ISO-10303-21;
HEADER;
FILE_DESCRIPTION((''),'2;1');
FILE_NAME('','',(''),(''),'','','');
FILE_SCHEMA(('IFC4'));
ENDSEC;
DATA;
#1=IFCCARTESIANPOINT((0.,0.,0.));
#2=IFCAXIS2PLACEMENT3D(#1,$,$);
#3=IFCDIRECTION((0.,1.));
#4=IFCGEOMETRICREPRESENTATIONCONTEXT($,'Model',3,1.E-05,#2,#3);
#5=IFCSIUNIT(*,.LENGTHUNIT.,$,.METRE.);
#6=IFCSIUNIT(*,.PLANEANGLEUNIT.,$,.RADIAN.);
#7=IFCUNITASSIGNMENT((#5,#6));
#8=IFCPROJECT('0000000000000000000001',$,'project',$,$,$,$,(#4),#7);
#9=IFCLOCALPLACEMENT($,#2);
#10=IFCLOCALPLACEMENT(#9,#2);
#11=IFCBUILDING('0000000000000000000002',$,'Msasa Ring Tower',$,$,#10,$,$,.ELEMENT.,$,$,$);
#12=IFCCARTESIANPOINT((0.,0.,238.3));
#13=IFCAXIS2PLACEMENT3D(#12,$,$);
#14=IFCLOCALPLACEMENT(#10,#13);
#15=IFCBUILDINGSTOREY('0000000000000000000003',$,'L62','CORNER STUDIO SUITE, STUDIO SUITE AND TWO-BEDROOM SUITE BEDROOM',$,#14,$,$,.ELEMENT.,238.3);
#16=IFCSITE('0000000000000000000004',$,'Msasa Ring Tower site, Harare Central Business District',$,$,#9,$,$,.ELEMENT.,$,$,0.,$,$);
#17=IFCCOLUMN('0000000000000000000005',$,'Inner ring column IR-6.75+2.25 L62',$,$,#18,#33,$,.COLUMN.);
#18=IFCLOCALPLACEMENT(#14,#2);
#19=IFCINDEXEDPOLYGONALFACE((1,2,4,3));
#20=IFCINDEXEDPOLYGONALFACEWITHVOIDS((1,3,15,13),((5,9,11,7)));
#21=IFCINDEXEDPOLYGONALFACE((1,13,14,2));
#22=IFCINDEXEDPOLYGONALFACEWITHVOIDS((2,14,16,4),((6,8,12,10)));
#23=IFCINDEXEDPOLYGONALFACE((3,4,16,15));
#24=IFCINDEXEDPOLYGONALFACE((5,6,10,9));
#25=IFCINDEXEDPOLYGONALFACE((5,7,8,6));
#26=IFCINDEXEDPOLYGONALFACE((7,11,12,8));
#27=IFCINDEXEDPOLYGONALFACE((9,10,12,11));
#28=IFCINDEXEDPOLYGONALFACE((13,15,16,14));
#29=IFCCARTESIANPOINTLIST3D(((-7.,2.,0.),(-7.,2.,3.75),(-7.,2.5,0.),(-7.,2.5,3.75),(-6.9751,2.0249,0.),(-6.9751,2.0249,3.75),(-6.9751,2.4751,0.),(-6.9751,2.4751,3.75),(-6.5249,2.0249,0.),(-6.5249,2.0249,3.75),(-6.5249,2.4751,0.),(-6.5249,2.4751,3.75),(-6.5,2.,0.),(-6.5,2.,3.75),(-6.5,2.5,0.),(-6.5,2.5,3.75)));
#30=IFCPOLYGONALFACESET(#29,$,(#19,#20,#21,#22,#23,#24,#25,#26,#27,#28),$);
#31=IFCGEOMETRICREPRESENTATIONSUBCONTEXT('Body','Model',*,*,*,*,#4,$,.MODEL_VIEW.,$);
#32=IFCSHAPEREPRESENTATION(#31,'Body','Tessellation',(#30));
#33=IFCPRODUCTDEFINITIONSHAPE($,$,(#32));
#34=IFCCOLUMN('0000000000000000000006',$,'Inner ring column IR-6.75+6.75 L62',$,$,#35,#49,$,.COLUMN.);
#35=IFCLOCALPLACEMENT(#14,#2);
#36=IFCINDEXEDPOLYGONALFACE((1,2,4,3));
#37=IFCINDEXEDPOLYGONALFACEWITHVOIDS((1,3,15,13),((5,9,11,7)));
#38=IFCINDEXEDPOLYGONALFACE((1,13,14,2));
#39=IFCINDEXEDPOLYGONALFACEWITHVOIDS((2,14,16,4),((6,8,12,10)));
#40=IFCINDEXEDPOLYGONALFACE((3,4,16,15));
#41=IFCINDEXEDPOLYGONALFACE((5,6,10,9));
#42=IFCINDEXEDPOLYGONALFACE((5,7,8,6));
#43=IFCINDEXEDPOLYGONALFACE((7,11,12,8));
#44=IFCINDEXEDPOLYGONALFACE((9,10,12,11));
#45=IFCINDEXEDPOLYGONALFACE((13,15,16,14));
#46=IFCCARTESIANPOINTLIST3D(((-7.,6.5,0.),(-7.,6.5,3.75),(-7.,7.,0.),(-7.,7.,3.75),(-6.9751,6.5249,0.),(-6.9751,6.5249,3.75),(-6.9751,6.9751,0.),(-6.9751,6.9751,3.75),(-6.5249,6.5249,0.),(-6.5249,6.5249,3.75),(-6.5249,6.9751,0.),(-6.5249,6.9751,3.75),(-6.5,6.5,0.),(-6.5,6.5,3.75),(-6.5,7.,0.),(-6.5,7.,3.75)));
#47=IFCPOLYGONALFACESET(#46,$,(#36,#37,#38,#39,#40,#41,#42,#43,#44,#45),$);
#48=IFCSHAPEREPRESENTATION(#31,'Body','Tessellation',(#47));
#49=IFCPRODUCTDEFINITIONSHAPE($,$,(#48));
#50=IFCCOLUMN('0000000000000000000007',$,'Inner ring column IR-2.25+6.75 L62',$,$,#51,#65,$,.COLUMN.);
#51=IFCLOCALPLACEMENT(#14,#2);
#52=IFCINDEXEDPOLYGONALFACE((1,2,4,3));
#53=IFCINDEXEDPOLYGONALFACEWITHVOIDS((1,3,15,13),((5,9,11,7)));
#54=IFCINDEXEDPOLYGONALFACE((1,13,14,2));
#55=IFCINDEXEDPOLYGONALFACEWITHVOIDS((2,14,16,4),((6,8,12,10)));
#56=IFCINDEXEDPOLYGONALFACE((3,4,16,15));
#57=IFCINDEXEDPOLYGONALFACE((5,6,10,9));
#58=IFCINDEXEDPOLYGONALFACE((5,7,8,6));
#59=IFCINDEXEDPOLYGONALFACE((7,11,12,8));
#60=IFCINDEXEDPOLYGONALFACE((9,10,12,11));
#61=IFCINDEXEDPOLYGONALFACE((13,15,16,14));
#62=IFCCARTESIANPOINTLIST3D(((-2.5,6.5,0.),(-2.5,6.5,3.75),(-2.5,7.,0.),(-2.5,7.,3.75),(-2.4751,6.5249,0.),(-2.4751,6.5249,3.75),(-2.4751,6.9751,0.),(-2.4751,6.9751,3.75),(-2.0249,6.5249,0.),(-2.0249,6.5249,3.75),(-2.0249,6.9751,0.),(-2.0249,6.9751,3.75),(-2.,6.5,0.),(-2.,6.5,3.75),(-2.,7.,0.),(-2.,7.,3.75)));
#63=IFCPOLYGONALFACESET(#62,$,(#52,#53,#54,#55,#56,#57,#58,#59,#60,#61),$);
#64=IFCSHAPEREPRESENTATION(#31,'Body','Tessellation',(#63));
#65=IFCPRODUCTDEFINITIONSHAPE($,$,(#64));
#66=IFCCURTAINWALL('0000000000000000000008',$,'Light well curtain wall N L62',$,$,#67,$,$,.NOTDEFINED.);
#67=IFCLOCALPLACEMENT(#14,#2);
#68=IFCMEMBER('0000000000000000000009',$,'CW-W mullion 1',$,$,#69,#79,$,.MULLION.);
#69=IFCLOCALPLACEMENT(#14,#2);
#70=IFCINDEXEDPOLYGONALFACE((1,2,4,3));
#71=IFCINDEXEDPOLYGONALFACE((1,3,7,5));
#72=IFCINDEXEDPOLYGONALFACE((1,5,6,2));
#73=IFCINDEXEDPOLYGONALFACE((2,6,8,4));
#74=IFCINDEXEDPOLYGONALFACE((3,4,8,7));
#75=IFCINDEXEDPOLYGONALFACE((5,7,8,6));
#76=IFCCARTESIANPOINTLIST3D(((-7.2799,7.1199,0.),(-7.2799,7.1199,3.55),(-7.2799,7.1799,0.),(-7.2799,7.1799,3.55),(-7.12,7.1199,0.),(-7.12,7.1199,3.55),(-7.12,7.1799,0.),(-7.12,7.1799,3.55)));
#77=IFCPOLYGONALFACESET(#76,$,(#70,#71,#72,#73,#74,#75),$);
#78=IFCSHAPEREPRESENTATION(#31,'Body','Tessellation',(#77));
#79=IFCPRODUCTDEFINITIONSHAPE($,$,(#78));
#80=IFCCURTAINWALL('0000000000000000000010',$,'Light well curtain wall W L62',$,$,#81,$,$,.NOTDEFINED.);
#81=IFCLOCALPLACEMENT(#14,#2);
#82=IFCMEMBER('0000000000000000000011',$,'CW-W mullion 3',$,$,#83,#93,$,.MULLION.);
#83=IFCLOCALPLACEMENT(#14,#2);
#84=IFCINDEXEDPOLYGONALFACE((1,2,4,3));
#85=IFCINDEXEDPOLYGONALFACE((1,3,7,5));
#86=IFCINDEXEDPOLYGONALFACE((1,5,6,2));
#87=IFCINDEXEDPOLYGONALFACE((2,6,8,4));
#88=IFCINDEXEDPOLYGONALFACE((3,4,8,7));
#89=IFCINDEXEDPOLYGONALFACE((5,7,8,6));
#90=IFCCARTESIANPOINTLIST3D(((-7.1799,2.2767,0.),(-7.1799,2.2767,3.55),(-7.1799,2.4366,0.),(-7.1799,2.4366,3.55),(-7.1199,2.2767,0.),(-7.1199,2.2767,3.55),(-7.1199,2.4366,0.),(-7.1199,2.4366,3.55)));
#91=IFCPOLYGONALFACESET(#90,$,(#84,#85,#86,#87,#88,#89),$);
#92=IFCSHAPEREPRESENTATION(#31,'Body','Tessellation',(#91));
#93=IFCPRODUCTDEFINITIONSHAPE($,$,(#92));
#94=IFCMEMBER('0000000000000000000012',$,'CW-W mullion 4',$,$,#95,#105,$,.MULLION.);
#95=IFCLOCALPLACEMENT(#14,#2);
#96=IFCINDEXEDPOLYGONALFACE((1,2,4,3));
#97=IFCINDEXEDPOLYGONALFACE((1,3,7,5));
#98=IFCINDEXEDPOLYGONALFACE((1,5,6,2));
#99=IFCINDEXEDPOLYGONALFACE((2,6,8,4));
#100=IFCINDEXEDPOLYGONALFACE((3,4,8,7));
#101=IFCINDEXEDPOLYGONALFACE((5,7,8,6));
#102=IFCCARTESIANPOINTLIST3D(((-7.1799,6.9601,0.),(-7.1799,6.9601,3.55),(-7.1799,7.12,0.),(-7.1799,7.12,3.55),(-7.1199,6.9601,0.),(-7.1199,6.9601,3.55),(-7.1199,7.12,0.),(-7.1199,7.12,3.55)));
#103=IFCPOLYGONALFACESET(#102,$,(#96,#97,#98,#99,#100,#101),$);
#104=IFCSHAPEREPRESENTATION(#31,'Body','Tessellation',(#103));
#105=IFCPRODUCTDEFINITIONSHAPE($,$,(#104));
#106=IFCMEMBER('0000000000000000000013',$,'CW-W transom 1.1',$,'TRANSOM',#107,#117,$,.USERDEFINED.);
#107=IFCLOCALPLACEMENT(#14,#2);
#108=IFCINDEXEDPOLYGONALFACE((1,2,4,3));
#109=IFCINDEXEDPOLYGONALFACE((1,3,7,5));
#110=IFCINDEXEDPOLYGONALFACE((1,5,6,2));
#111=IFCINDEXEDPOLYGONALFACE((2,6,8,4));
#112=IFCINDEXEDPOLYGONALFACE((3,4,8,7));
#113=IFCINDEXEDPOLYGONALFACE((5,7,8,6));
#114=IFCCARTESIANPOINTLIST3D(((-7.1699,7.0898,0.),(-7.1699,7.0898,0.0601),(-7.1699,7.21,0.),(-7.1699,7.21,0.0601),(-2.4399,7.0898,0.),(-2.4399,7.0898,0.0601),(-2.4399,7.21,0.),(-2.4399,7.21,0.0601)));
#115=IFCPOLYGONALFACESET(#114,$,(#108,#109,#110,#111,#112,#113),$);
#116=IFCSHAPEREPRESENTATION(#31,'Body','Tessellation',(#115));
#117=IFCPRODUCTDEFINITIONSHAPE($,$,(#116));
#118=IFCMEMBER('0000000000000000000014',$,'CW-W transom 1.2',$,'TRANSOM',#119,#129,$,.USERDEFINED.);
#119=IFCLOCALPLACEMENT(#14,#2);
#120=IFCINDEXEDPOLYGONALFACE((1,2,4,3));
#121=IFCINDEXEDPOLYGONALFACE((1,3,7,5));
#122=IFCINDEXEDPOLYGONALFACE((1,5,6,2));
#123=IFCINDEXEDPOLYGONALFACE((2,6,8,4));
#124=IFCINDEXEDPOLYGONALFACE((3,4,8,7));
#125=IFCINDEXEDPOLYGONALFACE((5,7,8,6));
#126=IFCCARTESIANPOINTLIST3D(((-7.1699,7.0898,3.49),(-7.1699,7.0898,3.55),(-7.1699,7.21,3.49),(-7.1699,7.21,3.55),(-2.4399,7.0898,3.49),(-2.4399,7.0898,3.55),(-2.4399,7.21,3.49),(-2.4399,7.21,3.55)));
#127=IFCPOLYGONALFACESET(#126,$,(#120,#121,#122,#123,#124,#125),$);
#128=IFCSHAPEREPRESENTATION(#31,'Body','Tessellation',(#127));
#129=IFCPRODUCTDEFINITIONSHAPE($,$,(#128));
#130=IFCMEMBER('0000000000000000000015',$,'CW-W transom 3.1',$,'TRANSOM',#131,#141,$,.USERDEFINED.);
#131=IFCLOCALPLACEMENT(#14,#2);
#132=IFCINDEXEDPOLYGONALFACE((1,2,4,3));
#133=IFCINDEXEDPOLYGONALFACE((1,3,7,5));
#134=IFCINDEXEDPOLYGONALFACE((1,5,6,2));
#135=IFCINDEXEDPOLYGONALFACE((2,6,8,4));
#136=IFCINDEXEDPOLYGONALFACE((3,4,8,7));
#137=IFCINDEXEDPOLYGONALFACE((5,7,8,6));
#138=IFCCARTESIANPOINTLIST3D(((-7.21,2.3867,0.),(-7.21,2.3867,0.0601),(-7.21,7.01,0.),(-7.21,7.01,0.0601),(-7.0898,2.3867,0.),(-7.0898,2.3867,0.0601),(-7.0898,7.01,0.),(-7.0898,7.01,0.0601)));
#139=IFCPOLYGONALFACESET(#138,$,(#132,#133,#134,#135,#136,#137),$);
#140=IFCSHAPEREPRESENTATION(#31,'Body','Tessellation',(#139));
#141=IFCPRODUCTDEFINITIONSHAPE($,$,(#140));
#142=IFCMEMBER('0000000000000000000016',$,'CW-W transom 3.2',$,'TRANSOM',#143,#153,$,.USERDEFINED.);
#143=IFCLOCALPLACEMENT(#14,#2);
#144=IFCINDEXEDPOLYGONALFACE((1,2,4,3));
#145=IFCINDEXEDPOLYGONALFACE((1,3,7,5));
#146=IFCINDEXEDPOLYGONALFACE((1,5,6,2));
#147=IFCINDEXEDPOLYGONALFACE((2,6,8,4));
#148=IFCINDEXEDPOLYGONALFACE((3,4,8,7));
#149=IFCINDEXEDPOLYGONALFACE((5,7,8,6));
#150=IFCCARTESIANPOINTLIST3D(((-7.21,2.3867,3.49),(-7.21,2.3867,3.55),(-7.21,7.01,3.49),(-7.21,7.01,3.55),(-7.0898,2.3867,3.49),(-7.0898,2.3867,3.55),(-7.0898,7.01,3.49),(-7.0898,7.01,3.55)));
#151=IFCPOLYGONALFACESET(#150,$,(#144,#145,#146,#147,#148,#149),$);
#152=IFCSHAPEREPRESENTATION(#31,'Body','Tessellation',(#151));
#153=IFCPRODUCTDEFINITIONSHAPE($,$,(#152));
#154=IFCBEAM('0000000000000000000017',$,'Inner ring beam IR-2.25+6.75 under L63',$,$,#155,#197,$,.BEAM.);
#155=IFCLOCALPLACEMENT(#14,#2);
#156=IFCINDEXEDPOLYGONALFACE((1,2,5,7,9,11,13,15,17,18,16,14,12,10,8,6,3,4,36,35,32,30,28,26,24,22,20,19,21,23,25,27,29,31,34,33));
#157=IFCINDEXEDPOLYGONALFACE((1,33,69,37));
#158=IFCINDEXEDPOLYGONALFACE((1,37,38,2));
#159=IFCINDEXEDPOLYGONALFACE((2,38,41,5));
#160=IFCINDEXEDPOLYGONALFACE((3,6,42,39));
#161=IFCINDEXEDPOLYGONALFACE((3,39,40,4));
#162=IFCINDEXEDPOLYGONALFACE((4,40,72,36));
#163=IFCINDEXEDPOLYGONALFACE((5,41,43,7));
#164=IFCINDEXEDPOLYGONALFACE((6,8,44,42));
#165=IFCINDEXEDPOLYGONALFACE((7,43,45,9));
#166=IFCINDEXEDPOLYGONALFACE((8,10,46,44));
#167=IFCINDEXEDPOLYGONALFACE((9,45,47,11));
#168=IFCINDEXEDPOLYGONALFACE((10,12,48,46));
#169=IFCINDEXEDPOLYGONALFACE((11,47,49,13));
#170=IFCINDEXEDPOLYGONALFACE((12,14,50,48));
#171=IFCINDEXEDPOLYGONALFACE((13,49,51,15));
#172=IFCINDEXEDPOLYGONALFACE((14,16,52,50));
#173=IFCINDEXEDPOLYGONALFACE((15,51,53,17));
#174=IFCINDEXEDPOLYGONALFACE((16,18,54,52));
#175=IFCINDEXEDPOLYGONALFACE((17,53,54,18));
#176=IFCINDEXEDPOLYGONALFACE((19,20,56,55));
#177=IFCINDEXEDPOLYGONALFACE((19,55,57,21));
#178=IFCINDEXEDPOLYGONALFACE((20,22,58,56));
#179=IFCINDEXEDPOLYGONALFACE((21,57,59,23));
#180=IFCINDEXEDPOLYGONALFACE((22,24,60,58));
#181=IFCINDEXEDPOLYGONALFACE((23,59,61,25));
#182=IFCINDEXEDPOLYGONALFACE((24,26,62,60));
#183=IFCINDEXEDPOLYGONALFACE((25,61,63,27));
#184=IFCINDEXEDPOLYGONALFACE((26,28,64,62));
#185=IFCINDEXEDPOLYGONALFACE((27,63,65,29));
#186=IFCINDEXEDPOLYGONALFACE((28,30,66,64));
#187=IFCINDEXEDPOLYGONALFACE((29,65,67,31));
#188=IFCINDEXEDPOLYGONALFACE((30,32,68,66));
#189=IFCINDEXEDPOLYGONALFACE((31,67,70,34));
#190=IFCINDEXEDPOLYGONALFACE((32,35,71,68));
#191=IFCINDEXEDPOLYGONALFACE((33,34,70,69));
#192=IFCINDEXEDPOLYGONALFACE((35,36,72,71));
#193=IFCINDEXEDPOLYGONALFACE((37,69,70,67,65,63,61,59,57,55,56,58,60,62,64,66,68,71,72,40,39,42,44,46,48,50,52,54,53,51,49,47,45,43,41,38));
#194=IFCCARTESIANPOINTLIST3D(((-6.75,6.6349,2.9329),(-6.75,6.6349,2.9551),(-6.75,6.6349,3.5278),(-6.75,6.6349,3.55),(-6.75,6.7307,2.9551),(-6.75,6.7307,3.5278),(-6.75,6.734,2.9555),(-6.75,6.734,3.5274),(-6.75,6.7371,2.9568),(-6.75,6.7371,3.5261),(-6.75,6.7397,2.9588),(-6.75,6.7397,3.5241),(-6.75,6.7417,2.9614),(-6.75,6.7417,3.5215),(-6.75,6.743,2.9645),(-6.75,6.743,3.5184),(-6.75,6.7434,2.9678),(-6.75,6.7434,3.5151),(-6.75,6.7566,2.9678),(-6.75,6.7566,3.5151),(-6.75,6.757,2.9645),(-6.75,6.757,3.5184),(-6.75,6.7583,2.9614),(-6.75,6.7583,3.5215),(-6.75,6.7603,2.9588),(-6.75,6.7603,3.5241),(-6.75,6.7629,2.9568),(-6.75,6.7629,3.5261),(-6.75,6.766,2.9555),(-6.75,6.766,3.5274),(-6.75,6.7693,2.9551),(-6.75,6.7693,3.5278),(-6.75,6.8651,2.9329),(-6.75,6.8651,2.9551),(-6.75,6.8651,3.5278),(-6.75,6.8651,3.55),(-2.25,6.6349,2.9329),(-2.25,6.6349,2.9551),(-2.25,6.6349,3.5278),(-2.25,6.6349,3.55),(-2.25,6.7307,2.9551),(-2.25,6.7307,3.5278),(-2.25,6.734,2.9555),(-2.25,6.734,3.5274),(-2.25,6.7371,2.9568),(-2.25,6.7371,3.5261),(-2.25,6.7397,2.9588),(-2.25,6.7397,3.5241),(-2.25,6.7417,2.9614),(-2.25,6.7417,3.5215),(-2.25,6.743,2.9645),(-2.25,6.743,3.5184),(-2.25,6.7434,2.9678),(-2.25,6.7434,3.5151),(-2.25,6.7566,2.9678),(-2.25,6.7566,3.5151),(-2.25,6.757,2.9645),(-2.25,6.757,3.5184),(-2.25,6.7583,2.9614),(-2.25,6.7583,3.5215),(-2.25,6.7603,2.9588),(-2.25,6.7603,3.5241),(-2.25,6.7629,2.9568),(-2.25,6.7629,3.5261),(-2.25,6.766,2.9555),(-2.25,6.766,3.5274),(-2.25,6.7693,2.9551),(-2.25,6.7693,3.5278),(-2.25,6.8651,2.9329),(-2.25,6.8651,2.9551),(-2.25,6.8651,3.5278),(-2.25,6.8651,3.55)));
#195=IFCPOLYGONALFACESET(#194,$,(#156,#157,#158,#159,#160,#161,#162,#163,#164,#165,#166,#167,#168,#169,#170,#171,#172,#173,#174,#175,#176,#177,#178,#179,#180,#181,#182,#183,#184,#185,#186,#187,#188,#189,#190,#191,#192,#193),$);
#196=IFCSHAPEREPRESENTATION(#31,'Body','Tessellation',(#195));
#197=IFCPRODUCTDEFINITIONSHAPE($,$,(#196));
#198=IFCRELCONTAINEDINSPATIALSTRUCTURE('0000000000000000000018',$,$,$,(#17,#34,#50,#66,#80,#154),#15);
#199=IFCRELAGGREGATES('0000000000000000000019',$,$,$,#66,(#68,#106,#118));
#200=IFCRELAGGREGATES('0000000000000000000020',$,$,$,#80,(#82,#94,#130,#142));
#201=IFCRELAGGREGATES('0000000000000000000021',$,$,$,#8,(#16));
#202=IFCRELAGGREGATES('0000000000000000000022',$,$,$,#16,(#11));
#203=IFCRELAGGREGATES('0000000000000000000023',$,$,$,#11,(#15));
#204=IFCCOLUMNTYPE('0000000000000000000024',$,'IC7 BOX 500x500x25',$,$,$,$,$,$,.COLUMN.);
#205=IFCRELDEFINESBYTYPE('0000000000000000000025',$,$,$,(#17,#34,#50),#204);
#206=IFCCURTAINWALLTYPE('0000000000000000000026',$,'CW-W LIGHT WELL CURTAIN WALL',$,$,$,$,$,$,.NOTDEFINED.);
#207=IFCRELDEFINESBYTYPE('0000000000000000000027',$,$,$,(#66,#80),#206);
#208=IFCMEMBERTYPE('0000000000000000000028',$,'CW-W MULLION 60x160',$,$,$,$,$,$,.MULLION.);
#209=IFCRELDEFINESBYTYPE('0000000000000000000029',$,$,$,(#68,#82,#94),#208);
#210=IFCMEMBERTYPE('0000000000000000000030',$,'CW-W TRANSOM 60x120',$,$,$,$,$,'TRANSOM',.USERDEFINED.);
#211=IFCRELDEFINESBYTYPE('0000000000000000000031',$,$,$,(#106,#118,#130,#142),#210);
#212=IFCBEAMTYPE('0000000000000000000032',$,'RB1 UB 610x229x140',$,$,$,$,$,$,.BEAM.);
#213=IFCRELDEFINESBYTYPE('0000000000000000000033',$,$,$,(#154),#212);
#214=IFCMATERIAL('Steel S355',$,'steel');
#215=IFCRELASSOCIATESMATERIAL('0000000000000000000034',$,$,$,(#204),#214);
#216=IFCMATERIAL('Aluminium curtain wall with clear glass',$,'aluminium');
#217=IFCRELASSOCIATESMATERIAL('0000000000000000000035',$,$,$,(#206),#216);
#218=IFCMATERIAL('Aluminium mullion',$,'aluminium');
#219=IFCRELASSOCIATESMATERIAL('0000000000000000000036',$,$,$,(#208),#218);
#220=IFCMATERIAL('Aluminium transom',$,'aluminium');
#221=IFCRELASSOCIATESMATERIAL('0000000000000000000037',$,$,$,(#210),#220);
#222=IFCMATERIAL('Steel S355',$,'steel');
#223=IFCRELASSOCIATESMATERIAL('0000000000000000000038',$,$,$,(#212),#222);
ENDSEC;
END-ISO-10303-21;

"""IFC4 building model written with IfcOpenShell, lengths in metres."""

from ifc_helpers import new_model, si_unit, direction, frame, origin, origin_2d, place, context, subcontext, project, spatial, rectangle, hollow_rectangle, i_section, extrude, material, material_profile, profile_set, type_object, element, aggregate, save


model = new_model("IFC4")

# Units and contexts
model_context = context("Model", 3, precision=1e-05, world=origin(), true_north=direction((0.0, 1.0)))
body_context = subcontext(model_context, "Body", "Model", "MODEL_VIEW")
ifc_project = project(units=[si_unit("LENGTHUNIT", "METRE"), si_unit("PLANEANGLEUNIT", "RADIAN")], contexts=[model_context])

# Site, building, storey
site_placement = place(None, origin())
site = spatial("IfcSite", under=ifc_project, at=site_placement, Name="Msasa Ring Tower site, Harare Central Business District", CompositionType="ELEMENT", RefElevation=0.0)
building_placement = place(site_placement, origin())
building = spatial("IfcBuilding", under=site, at=building_placement, Name="Msasa Ring Tower", CompositionType="ELEMENT")
storey_placement = place(building_placement, frame((0.0, 0.0, 238.3)))
storey = spatial("IfcBuildingStorey", under=building, at=storey_placement, Name="L62", Description="CORNER STUDIO SUITE, STUDIO SUITE AND TWO-BEDROOM SUITE BEDROOM", CompositionType="ELEMENT", Elevation=238.3)

# Columns
ifc_material_1 = material(Name="Steel S355", Category="steel")
ifc_material_profile_1 = material_profile(ifc_material_1, hollow_rectangle(XDim=0.5, YDim=0.5, WallThickness=0.0249, at=origin_2d()), Name="BOX 500x500x25")
ifc_profile_set_1 = profile_set([ifc_material_profile_1], Name="Steel S355")
column_type = type_object("IfcColumnType", Name="IC7 BOX 500x500x25", PredefinedType="COLUMN", material=ifc_profile_set_1)
for number, where, z_axis, x_axis, name in (
    (1, (-6.75, 2.25, 0.0), (0.0, 0.0, 1.0), (1.0, 0.0, 0.0), "Inner ring column IR-6.75+2.25 L62"),
    (2, (-6.75, 6.75, 0.0), (0.0, 0.0, 1.0), (1.0, 0.0, 0.0), "Inner ring column IR-6.75+6.75 L62"),
    (3, (-2.25, 6.75, 0.0), (0.0, 0.0, 1.0), (1.0, 0.0, 0.0), "Inner ring column IR-2.25+6.75 L62"),
):
    element("IfcColumn", number, at=place(storey_placement, frame(where, z_axis=z_axis, x_axis=x_axis)), inside=storey, type_object=column_type, Name=name, PredefinedType="COLUMN", context=body_context, shape_type="SweptSolid", body=[
        extrude(hollow_rectangle(XDim=0.5, YDim=0.5, WallThickness=0.0249, at=origin_2d()), origin(), (0.0, 0.0, 1.0), 3.75),
    ])

# Curtain wall, member
ifc_material_2 = material(Name="Aluminium curtain wall with clear glass", Category="aluminium")
curtain_wall_type = type_object("IfcCurtainWallType", Name="CW-W LIGHT WELL CURTAIN WALL", PredefinedType="NOTDEFINED", material=ifc_material_2)
curtain_wall_1_placement = place(storey_placement, origin())
curtain_wall_1 = element("IfcCurtainWall", 4, at=curtain_wall_1_placement, inside=storey, type_object=curtain_wall_type, Name="Light well curtain wall N L62", PredefinedType="NOTDEFINED")
ifc_material_3 = material(Name="Aluminium mullion", Category="aluminium")
ifc_material_profile_2 = material_profile(ifc_material_3, rectangle(XDim=0.0601, YDim=0.1599, at=origin_2d()), Name="AL 60x160")
ifc_profile_set_2 = profile_set([ifc_material_profile_2], Name="Aluminium mullion")
member_type_1 = type_object("IfcMemberType", Name="CW-W MULLION 60x160", PredefinedType="MULLION", material=ifc_profile_set_2)
member_1_placement = place(storey_placement, frame((-7.2, 7.1499, 0.0), z_axis=(0.0, 0.0, 1.0), x_axis=(0.0, 1.0, 0.0)))
member_1 = element("IfcMember", 5, at=member_1_placement, type_object=member_type_1, Name="CW-W mullion 1", PredefinedType="MULLION", context=body_context, shape_type="SweptSolid", body=[
    extrude(rectangle(XDim=0.0601, YDim=0.1599, at=origin_2d()), origin(), (0.0, 0.0, 1.0), 3.55),
])

# Curtain wall, members
curtain_wall_2_placement = place(storey_placement, origin())
curtain_wall_2 = element("IfcCurtainWall", 6, at=curtain_wall_2_placement, inside=storey, type_object=curtain_wall_type, Name="Light well curtain wall W L62", PredefinedType="NOTDEFINED")
member_2_placement = place(storey_placement, frame((-7.1499, 2.3567, 0.0), z_axis=(0.0, 0.0, 1.0), x_axis=(-1.0, 0.0, 0.0)))
member_2 = element("IfcMember", 7, at=member_2_placement, type_object=member_type_1, Name="CW-W mullion 3", PredefinedType="MULLION", context=body_context, shape_type="SweptSolid", body=[
    extrude(rectangle(XDim=0.0601, YDim=0.1599, at=origin_2d()), origin(), (0.0, 0.0, 1.0), 3.55),
])
member_3_placement = place(storey_placement, frame((-7.1499, 7.04, 0.0), z_axis=(0.0, 0.0, 1.0), x_axis=(-1.0, 0.0, 0.0)))
member_3 = element("IfcMember", 8, at=member_3_placement, type_object=member_type_1, Name="CW-W mullion 4", PredefinedType="MULLION", context=body_context, shape_type="SweptSolid", body=[
    extrude(rectangle(XDim=0.0601, YDim=0.1599, at=origin_2d()), origin(), (0.0, 0.0, 1.0), 3.55),
])

# Members
ifc_material_4 = material(Name="Aluminium transom", Category="aluminium")
ifc_material_profile_3 = material_profile(ifc_material_4, rectangle(XDim=0.1201, YDim=0.0601, at=origin_2d()), Name="AL 60x120")
ifc_profile_set_3 = profile_set([ifc_material_profile_3], Name="Aluminium transom")
member_type_2 = type_object("IfcMemberType", Name="CW-W TRANSOM 60x120", ElementType="TRANSOM", PredefinedType="USERDEFINED", material=ifc_profile_set_3)
member_4_placement = place(storey_placement, frame((-7.1699, 7.1499, 0.03), z_axis=(1.0, 0.0, 0.0), x_axis=(0.0, 1.0, 0.0)))
member_4 = element("IfcMember", 9, at=member_4_placement, type_object=member_type_2, Name="CW-W transom 1.1", ObjectType="TRANSOM", PredefinedType="USERDEFINED", context=body_context, shape_type="SweptSolid", body=[
    extrude(rectangle(XDim=0.1201, YDim=0.0601, at=origin_2d()), origin(), (0.0, 0.0, 1.0), 4.73),
])
member_5_placement = place(storey_placement, frame((-7.1699, 7.1499, 3.52), z_axis=(1.0, 0.0, 0.0), x_axis=(0.0, 1.0, 0.0)))
member_5 = element("IfcMember", 10, at=member_5_placement, type_object=member_type_2, Name="CW-W transom 1.2", ObjectType="TRANSOM", PredefinedType="USERDEFINED", context=body_context, shape_type="SweptSolid", body=[
    extrude(rectangle(XDim=0.1201, YDim=0.0601, at=origin_2d()), origin(), (0.0, 0.0, 1.0), 4.73),
])
aggregate(curtain_wall_1, [member_1, member_4, member_5])
member_6_placement = place(storey_placement, frame((-7.1499, 2.3867, 0.03), z_axis=(0.0, 1.0, 0.0), x_axis=(-1.0, 0.0, 0.0)))
member_6 = element("IfcMember", 11, at=member_6_placement, type_object=member_type_2, Name="CW-W transom 3.1", ObjectType="TRANSOM", PredefinedType="USERDEFINED", context=body_context, shape_type="SweptSolid", body=[
    extrude(rectangle(XDim=0.1201, YDim=0.0601, at=origin_2d()), origin(), (0.0, 0.0, 1.0), 4.6233),
])
member_7_placement = place(storey_placement, frame((-7.1499, 2.3867, 3.52), z_axis=(0.0, 1.0, 0.0), x_axis=(-1.0, 0.0, 0.0)))
member_7 = element("IfcMember", 12, at=member_7_placement, type_object=member_type_2, Name="CW-W transom 3.2", ObjectType="TRANSOM", PredefinedType="USERDEFINED", context=body_context, shape_type="SweptSolid", body=[
    extrude(rectangle(XDim=0.1201, YDim=0.0601, at=origin_2d()), origin(), (0.0, 0.0, 1.0), 4.6233),
])

# Beam
ifc_material_5 = material(Name="Steel S355", Category="steel")
ifc_material_profile_4 = material_profile(ifc_material_5, i_section(OverallWidth=0.2302, OverallDepth=0.6172, WebThickness=0.0132, FlangeThickness=0.0222, FilletRadius=0.0127, at=origin_2d()), Name="UB 610x229x140")
ifc_profile_set_4 = profile_set([ifc_material_profile_4], Name="Steel S355")
beam_type = type_object("IfcBeamType", Name="RB1 UB 610x229x140", PredefinedType="BEAM", material=ifc_profile_set_4)
for number, where, z_axis, x_axis, name in (
    (13, (-2.25, 6.75, 3.2415), (-1.0, 0.0, 0.0), (0.0, -1.0, 0.0), "Inner ring beam IR-2.25+6.75 under L63"),
):
    element("IfcBeam", number, at=place(storey_placement, frame(where, z_axis=z_axis, x_axis=x_axis)), inside=storey, type_object=beam_type, Name=name, PredefinedType="BEAM", context=body_context, shape_type="SweptSolid", body=[
        extrude(i_section(OverallWidth=0.2302, OverallDepth=0.6172, WebThickness=0.0132, FlangeThickness=0.0222, FilletRadius=0.0127, at=origin_2d()), origin(), (0.0, 0.0, 1.0), 4.5),
    ])

aggregate(curtain_wall_2, [member_2, member_3, member_6, member_7])

save(model, "model.ifc")
